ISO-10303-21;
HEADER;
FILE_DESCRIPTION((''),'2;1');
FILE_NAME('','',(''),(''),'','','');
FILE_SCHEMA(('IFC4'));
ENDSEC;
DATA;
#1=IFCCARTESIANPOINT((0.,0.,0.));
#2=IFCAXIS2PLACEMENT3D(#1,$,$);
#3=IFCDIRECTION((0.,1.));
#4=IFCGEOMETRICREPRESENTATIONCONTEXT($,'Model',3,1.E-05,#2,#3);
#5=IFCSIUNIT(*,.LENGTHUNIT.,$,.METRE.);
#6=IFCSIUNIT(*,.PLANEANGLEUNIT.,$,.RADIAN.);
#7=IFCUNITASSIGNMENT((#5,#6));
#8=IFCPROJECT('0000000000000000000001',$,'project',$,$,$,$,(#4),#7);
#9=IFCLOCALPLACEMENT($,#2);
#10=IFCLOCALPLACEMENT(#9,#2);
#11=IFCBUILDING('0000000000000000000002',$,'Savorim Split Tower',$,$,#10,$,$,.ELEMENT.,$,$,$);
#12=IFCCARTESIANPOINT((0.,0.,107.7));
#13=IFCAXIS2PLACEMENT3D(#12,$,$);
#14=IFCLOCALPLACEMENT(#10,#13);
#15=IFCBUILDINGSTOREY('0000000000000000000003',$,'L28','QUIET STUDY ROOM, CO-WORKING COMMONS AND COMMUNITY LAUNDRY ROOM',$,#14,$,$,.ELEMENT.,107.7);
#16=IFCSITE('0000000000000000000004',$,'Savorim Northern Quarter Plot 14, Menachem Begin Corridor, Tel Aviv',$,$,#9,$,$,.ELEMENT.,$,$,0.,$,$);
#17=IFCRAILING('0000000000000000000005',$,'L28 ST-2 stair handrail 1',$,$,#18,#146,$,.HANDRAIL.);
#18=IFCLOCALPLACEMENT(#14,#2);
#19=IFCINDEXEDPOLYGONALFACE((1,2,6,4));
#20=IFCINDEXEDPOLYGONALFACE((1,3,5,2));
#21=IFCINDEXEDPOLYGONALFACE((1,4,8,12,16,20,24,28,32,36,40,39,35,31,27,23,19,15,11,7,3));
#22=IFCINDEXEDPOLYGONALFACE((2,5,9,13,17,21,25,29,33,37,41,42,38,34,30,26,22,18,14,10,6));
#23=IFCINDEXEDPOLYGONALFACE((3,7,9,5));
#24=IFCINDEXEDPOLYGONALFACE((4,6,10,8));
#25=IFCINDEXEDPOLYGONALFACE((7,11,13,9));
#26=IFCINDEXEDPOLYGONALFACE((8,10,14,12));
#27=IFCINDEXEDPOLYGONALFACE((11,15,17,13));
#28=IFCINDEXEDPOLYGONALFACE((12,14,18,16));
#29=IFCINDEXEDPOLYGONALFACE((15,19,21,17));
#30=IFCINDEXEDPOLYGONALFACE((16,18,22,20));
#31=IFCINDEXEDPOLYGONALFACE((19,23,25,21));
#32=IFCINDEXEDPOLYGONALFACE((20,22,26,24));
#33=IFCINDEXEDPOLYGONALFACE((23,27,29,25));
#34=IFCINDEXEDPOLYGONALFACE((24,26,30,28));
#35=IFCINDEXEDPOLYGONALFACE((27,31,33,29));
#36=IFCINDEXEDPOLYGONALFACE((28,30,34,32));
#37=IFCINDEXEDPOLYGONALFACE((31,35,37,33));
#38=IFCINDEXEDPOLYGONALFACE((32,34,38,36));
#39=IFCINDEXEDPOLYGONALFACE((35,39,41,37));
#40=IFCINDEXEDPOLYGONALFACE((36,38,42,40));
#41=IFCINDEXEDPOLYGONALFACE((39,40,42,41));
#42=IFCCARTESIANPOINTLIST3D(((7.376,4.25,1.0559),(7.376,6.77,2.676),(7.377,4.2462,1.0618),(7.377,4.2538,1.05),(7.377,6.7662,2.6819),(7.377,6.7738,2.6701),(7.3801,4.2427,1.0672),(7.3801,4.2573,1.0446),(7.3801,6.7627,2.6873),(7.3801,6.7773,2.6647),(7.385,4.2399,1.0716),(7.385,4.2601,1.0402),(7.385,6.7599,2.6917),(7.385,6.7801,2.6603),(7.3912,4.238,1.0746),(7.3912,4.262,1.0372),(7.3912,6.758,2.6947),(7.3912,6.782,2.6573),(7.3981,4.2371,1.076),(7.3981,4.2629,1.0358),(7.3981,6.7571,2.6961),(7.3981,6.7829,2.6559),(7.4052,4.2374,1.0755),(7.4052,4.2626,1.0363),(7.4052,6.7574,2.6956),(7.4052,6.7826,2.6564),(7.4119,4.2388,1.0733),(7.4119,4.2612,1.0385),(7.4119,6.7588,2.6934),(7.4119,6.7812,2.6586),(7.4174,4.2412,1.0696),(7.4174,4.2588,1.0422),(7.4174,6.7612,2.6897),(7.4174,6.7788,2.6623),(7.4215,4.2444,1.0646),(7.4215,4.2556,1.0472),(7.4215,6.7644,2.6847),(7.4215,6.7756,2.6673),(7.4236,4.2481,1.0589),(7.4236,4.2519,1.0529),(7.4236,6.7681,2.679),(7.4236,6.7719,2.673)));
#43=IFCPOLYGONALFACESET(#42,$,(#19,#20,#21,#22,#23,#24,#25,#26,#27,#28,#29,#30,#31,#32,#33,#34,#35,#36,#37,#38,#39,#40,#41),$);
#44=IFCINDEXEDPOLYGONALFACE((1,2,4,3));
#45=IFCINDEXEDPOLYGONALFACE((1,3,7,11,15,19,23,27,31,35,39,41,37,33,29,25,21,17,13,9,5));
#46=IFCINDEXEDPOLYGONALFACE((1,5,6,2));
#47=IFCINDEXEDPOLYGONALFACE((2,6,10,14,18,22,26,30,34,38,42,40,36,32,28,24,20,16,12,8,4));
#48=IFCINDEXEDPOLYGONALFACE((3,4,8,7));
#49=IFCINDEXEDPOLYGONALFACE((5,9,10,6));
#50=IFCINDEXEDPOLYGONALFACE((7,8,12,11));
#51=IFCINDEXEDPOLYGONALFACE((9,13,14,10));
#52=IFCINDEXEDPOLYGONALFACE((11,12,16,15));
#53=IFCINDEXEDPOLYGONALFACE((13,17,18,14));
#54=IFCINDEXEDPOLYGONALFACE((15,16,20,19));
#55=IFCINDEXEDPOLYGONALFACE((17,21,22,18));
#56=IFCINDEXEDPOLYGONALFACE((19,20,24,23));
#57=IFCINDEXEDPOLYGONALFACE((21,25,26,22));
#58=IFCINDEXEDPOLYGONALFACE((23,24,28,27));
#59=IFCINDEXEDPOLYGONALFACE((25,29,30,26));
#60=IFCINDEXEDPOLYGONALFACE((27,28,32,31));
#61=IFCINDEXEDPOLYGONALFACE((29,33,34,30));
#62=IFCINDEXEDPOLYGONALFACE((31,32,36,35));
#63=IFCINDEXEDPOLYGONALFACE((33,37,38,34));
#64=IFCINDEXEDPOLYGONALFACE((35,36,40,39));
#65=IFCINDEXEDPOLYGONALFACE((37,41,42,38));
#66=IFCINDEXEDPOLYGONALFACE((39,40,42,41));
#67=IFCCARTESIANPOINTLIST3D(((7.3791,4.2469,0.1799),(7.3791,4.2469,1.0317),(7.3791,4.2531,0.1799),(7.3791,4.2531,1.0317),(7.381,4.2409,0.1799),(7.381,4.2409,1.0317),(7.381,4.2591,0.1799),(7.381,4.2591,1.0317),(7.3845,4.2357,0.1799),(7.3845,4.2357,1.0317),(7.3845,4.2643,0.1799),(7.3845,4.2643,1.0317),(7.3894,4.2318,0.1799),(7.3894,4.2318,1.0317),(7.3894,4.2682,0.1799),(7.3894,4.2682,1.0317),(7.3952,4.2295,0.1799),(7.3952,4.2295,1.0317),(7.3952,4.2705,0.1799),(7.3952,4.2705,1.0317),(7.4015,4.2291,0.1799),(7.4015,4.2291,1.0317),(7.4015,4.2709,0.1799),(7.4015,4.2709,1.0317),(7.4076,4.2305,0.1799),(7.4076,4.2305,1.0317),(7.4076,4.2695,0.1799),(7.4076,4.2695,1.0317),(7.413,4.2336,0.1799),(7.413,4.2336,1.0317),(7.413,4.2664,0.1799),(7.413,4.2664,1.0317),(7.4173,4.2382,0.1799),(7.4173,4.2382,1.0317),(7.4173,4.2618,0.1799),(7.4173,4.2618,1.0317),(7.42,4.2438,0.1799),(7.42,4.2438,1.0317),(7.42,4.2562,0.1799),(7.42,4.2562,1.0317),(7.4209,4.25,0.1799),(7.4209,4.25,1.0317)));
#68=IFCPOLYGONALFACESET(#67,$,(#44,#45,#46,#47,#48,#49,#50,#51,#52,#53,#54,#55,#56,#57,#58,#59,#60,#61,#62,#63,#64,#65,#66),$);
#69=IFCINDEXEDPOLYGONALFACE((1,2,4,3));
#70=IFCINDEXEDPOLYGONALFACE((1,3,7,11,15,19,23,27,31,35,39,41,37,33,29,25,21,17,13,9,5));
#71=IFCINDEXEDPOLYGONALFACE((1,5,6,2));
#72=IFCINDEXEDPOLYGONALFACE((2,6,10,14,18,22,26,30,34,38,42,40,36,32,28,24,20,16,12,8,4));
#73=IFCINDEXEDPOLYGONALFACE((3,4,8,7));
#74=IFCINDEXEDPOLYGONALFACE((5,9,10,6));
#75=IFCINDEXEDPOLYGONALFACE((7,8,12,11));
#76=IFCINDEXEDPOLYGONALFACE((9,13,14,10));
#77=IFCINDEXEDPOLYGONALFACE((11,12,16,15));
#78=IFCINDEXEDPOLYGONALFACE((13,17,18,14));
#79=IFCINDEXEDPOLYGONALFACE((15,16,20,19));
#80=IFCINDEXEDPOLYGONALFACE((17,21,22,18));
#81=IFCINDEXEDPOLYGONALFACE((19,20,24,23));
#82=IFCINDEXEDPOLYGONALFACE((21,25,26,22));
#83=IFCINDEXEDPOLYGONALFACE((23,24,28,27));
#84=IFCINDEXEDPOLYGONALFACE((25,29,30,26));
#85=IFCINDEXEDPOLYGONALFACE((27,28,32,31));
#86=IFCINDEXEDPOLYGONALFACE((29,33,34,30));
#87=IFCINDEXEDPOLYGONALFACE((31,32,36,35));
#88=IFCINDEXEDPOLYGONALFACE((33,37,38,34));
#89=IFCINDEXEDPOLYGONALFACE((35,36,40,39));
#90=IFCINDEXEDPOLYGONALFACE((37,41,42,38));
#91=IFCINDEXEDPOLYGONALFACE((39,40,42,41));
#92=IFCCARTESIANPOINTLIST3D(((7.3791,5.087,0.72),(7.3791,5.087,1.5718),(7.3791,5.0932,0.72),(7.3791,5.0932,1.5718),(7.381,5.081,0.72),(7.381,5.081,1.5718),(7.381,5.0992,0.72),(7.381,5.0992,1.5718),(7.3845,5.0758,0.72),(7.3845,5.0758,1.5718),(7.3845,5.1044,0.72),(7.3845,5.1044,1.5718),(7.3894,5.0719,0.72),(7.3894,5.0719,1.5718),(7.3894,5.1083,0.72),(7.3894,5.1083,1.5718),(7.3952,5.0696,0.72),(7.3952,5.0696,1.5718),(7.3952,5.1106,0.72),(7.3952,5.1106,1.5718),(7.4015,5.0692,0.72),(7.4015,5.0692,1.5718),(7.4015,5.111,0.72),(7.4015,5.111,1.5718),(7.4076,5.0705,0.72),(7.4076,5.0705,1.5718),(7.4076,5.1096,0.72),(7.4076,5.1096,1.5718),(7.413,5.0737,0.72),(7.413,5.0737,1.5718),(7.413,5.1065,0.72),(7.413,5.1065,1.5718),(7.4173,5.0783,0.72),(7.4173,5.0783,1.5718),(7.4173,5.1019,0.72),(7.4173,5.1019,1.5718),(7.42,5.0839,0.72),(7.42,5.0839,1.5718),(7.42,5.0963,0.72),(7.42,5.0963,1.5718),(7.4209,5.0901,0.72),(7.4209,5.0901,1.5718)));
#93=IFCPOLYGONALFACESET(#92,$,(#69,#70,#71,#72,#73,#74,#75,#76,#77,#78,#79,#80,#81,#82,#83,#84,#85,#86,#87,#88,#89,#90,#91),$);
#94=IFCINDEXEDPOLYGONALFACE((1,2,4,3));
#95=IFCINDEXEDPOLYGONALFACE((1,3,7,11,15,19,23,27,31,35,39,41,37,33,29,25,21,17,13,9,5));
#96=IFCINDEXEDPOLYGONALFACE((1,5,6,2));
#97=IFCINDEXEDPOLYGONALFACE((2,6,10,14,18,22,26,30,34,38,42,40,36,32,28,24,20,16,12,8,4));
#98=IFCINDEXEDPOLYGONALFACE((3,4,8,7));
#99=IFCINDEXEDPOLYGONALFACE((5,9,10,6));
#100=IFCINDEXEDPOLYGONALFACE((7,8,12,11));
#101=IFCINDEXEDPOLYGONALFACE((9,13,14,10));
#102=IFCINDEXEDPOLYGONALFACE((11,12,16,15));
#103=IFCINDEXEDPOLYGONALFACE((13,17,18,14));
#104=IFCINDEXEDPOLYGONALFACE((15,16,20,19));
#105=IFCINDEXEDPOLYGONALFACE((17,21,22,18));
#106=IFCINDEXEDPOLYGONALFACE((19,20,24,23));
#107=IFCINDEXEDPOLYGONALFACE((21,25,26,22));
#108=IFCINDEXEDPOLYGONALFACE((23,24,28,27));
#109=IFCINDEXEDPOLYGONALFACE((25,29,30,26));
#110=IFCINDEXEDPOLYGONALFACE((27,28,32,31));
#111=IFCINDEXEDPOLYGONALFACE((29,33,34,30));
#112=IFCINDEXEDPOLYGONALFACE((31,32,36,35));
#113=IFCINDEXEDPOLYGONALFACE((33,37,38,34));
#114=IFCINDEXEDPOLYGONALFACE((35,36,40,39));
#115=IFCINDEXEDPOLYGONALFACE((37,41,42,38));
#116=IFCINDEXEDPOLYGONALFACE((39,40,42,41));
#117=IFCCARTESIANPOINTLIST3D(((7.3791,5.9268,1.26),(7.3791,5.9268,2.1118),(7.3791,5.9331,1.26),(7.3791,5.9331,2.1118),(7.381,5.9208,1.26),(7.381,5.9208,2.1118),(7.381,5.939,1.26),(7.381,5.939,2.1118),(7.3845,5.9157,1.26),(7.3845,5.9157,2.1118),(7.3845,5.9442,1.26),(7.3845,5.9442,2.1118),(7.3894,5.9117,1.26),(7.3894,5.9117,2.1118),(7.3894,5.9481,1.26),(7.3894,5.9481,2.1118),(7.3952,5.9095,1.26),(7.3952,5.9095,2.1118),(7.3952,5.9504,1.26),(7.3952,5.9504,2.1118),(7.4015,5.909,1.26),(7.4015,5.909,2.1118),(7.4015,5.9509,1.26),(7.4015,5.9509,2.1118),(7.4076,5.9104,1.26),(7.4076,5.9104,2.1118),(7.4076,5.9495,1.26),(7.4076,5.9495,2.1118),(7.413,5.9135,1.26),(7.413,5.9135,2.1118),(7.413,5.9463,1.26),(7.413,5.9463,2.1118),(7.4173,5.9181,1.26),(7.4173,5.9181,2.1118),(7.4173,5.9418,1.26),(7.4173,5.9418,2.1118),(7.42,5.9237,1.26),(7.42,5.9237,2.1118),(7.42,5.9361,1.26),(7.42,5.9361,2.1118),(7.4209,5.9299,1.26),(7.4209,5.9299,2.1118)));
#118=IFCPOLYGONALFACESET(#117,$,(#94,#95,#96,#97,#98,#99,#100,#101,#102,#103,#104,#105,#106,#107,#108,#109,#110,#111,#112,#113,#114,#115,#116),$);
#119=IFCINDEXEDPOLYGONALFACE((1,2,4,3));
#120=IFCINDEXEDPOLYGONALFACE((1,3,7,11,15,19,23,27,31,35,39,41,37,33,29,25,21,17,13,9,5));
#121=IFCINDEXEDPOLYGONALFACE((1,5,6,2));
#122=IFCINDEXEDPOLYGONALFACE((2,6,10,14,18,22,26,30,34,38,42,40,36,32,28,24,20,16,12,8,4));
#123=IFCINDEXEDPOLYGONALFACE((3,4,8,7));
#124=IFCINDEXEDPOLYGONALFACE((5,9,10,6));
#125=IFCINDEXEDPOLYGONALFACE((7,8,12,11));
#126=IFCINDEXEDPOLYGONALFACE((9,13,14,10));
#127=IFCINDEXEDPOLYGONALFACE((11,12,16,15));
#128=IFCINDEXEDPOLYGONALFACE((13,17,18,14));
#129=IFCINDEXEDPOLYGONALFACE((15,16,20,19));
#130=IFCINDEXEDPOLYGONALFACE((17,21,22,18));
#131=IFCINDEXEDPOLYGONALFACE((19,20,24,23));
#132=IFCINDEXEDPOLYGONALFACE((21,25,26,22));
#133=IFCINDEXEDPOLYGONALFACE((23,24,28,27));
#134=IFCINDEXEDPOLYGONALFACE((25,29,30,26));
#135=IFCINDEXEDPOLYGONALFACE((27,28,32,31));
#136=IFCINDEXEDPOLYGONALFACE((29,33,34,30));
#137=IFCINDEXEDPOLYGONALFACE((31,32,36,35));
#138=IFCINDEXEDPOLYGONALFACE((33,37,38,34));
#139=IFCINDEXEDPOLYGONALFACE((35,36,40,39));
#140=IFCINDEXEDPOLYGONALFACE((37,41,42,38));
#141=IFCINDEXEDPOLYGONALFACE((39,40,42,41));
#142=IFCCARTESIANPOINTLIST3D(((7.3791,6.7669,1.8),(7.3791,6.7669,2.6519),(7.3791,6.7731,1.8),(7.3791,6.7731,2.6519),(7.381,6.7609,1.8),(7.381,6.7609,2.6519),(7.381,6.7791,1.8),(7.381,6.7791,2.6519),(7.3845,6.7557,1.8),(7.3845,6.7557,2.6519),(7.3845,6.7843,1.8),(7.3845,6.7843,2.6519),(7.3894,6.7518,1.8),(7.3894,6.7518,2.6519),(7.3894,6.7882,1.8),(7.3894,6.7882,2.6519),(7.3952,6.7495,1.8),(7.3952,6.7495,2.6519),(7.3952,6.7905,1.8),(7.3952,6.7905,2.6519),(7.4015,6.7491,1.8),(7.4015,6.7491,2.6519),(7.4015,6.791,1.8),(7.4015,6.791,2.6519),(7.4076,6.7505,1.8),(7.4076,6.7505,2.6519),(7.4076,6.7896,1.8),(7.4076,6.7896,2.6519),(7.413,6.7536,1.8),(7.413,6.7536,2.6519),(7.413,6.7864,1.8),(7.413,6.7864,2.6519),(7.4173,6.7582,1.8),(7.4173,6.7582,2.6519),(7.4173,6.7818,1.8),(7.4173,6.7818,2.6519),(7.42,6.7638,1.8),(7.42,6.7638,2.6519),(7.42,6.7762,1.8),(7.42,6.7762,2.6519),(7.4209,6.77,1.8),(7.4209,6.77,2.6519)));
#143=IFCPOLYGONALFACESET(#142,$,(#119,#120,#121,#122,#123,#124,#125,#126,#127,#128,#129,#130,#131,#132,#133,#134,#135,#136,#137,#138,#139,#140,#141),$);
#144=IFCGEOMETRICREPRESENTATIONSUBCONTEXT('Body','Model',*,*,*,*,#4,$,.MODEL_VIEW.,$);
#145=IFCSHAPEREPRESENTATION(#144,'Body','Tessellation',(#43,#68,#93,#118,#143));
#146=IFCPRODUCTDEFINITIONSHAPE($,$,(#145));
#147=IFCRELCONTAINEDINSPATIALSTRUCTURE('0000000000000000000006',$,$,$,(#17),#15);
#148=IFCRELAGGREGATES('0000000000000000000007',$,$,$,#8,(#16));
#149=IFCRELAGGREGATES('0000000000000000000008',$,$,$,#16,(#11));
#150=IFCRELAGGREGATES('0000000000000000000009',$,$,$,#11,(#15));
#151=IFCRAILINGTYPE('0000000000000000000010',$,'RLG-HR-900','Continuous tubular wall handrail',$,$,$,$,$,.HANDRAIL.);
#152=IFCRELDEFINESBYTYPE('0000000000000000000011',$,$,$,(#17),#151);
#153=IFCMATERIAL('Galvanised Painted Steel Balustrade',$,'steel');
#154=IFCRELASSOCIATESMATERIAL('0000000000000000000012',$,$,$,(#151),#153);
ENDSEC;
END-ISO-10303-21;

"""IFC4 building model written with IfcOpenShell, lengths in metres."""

from ifc_helpers import new_model, si_unit, direction, frame, origin, origin_2d, place, context, subcontext, project, spatial, circle, extrude, material, type_object, element, save


model = new_model("IFC4")

# Units and contexts
model_context = context("Model", 3, precision=1e-05, world=origin(), true_north=direction((0.0, 1.0)))
body_context = subcontext(model_context, "Body", "Model", "MODEL_VIEW")
ifc_project = project(units=[si_unit("LENGTHUNIT", "METRE"), si_unit("PLANEANGLEUNIT", "RADIAN")], contexts=[model_context])

# Site, building, storey
site_placement = place(None, origin())
site = spatial("IfcSite", under=ifc_project, at=site_placement, Name="Savorim Northern Quarter Plot 14, Menachem Begin Corridor, Tel Aviv", CompositionType="ELEMENT", RefElevation=0.0)
building_placement = place(site_placement, origin())
building = spatial("IfcBuilding", under=site, at=building_placement, Name="Savorim Split Tower", CompositionType="ELEMENT")
storey_placement = place(building_placement, frame((0.0, 0.0, 107.7)))
storey = spatial("IfcBuildingStorey", under=building, at=storey_placement, Name="L28", Description="QUIET STUDY ROOM, CO-WORKING COMMONS AND COMMUNITY LAUNDRY ROOM", CompositionType="ELEMENT", Elevation=107.7)

# Railing
ifc_material_1 = material(Name="Galvanised Painted Steel Balustrade", Category="steel")
railing_type_1 = type_object("IfcRailingType", Name="RLG-HR-900", Description="Continuous tubular wall handrail", PredefinedType="HANDRAIL", material=ifc_material_1)
railing_1_placement = place(storey_placement, frame((7.3999, 4.25, 0.1799)))
element("IfcRailing", 1, at=railing_1_placement, inside=storey, type_object=railing_type_1, Name="L28 ST-2 stair handrail 1", PredefinedType="HANDRAIL", context=body_context, shape_type="SweptSolid", body=[
    extrude(circle(Radius=0.0239, at=origin_2d()), frame((0.0, 0.0, 0.876), z_axis=(0.0, 0.841163, 0.540782), x_axis=(-1.0, 0.0, 0.0)), (0.0, 0.0, 1.0), 2.9958),
    extrude(circle(Radius=0.021, at=origin_2d()), origin(), (0.0, 0.0, 1.0), 0.8518),
    extrude(circle(Radius=0.021, at=origin_2d()), frame((0.0, 0.8401, 0.54)), (0.0, 0.0, 1.0), 0.8518),
    extrude(circle(Radius=0.021, at=origin_2d()), frame((0.0, 1.6799, 1.0801)), (0.0, 0.0, 1.0), 0.8518),
    extrude(circle(Radius=0.021, at=origin_2d()), frame((0.0, 2.52, 1.6201)), (0.0, 0.0, 1.0), 0.8518),
])

save(model, "model.ifc")
